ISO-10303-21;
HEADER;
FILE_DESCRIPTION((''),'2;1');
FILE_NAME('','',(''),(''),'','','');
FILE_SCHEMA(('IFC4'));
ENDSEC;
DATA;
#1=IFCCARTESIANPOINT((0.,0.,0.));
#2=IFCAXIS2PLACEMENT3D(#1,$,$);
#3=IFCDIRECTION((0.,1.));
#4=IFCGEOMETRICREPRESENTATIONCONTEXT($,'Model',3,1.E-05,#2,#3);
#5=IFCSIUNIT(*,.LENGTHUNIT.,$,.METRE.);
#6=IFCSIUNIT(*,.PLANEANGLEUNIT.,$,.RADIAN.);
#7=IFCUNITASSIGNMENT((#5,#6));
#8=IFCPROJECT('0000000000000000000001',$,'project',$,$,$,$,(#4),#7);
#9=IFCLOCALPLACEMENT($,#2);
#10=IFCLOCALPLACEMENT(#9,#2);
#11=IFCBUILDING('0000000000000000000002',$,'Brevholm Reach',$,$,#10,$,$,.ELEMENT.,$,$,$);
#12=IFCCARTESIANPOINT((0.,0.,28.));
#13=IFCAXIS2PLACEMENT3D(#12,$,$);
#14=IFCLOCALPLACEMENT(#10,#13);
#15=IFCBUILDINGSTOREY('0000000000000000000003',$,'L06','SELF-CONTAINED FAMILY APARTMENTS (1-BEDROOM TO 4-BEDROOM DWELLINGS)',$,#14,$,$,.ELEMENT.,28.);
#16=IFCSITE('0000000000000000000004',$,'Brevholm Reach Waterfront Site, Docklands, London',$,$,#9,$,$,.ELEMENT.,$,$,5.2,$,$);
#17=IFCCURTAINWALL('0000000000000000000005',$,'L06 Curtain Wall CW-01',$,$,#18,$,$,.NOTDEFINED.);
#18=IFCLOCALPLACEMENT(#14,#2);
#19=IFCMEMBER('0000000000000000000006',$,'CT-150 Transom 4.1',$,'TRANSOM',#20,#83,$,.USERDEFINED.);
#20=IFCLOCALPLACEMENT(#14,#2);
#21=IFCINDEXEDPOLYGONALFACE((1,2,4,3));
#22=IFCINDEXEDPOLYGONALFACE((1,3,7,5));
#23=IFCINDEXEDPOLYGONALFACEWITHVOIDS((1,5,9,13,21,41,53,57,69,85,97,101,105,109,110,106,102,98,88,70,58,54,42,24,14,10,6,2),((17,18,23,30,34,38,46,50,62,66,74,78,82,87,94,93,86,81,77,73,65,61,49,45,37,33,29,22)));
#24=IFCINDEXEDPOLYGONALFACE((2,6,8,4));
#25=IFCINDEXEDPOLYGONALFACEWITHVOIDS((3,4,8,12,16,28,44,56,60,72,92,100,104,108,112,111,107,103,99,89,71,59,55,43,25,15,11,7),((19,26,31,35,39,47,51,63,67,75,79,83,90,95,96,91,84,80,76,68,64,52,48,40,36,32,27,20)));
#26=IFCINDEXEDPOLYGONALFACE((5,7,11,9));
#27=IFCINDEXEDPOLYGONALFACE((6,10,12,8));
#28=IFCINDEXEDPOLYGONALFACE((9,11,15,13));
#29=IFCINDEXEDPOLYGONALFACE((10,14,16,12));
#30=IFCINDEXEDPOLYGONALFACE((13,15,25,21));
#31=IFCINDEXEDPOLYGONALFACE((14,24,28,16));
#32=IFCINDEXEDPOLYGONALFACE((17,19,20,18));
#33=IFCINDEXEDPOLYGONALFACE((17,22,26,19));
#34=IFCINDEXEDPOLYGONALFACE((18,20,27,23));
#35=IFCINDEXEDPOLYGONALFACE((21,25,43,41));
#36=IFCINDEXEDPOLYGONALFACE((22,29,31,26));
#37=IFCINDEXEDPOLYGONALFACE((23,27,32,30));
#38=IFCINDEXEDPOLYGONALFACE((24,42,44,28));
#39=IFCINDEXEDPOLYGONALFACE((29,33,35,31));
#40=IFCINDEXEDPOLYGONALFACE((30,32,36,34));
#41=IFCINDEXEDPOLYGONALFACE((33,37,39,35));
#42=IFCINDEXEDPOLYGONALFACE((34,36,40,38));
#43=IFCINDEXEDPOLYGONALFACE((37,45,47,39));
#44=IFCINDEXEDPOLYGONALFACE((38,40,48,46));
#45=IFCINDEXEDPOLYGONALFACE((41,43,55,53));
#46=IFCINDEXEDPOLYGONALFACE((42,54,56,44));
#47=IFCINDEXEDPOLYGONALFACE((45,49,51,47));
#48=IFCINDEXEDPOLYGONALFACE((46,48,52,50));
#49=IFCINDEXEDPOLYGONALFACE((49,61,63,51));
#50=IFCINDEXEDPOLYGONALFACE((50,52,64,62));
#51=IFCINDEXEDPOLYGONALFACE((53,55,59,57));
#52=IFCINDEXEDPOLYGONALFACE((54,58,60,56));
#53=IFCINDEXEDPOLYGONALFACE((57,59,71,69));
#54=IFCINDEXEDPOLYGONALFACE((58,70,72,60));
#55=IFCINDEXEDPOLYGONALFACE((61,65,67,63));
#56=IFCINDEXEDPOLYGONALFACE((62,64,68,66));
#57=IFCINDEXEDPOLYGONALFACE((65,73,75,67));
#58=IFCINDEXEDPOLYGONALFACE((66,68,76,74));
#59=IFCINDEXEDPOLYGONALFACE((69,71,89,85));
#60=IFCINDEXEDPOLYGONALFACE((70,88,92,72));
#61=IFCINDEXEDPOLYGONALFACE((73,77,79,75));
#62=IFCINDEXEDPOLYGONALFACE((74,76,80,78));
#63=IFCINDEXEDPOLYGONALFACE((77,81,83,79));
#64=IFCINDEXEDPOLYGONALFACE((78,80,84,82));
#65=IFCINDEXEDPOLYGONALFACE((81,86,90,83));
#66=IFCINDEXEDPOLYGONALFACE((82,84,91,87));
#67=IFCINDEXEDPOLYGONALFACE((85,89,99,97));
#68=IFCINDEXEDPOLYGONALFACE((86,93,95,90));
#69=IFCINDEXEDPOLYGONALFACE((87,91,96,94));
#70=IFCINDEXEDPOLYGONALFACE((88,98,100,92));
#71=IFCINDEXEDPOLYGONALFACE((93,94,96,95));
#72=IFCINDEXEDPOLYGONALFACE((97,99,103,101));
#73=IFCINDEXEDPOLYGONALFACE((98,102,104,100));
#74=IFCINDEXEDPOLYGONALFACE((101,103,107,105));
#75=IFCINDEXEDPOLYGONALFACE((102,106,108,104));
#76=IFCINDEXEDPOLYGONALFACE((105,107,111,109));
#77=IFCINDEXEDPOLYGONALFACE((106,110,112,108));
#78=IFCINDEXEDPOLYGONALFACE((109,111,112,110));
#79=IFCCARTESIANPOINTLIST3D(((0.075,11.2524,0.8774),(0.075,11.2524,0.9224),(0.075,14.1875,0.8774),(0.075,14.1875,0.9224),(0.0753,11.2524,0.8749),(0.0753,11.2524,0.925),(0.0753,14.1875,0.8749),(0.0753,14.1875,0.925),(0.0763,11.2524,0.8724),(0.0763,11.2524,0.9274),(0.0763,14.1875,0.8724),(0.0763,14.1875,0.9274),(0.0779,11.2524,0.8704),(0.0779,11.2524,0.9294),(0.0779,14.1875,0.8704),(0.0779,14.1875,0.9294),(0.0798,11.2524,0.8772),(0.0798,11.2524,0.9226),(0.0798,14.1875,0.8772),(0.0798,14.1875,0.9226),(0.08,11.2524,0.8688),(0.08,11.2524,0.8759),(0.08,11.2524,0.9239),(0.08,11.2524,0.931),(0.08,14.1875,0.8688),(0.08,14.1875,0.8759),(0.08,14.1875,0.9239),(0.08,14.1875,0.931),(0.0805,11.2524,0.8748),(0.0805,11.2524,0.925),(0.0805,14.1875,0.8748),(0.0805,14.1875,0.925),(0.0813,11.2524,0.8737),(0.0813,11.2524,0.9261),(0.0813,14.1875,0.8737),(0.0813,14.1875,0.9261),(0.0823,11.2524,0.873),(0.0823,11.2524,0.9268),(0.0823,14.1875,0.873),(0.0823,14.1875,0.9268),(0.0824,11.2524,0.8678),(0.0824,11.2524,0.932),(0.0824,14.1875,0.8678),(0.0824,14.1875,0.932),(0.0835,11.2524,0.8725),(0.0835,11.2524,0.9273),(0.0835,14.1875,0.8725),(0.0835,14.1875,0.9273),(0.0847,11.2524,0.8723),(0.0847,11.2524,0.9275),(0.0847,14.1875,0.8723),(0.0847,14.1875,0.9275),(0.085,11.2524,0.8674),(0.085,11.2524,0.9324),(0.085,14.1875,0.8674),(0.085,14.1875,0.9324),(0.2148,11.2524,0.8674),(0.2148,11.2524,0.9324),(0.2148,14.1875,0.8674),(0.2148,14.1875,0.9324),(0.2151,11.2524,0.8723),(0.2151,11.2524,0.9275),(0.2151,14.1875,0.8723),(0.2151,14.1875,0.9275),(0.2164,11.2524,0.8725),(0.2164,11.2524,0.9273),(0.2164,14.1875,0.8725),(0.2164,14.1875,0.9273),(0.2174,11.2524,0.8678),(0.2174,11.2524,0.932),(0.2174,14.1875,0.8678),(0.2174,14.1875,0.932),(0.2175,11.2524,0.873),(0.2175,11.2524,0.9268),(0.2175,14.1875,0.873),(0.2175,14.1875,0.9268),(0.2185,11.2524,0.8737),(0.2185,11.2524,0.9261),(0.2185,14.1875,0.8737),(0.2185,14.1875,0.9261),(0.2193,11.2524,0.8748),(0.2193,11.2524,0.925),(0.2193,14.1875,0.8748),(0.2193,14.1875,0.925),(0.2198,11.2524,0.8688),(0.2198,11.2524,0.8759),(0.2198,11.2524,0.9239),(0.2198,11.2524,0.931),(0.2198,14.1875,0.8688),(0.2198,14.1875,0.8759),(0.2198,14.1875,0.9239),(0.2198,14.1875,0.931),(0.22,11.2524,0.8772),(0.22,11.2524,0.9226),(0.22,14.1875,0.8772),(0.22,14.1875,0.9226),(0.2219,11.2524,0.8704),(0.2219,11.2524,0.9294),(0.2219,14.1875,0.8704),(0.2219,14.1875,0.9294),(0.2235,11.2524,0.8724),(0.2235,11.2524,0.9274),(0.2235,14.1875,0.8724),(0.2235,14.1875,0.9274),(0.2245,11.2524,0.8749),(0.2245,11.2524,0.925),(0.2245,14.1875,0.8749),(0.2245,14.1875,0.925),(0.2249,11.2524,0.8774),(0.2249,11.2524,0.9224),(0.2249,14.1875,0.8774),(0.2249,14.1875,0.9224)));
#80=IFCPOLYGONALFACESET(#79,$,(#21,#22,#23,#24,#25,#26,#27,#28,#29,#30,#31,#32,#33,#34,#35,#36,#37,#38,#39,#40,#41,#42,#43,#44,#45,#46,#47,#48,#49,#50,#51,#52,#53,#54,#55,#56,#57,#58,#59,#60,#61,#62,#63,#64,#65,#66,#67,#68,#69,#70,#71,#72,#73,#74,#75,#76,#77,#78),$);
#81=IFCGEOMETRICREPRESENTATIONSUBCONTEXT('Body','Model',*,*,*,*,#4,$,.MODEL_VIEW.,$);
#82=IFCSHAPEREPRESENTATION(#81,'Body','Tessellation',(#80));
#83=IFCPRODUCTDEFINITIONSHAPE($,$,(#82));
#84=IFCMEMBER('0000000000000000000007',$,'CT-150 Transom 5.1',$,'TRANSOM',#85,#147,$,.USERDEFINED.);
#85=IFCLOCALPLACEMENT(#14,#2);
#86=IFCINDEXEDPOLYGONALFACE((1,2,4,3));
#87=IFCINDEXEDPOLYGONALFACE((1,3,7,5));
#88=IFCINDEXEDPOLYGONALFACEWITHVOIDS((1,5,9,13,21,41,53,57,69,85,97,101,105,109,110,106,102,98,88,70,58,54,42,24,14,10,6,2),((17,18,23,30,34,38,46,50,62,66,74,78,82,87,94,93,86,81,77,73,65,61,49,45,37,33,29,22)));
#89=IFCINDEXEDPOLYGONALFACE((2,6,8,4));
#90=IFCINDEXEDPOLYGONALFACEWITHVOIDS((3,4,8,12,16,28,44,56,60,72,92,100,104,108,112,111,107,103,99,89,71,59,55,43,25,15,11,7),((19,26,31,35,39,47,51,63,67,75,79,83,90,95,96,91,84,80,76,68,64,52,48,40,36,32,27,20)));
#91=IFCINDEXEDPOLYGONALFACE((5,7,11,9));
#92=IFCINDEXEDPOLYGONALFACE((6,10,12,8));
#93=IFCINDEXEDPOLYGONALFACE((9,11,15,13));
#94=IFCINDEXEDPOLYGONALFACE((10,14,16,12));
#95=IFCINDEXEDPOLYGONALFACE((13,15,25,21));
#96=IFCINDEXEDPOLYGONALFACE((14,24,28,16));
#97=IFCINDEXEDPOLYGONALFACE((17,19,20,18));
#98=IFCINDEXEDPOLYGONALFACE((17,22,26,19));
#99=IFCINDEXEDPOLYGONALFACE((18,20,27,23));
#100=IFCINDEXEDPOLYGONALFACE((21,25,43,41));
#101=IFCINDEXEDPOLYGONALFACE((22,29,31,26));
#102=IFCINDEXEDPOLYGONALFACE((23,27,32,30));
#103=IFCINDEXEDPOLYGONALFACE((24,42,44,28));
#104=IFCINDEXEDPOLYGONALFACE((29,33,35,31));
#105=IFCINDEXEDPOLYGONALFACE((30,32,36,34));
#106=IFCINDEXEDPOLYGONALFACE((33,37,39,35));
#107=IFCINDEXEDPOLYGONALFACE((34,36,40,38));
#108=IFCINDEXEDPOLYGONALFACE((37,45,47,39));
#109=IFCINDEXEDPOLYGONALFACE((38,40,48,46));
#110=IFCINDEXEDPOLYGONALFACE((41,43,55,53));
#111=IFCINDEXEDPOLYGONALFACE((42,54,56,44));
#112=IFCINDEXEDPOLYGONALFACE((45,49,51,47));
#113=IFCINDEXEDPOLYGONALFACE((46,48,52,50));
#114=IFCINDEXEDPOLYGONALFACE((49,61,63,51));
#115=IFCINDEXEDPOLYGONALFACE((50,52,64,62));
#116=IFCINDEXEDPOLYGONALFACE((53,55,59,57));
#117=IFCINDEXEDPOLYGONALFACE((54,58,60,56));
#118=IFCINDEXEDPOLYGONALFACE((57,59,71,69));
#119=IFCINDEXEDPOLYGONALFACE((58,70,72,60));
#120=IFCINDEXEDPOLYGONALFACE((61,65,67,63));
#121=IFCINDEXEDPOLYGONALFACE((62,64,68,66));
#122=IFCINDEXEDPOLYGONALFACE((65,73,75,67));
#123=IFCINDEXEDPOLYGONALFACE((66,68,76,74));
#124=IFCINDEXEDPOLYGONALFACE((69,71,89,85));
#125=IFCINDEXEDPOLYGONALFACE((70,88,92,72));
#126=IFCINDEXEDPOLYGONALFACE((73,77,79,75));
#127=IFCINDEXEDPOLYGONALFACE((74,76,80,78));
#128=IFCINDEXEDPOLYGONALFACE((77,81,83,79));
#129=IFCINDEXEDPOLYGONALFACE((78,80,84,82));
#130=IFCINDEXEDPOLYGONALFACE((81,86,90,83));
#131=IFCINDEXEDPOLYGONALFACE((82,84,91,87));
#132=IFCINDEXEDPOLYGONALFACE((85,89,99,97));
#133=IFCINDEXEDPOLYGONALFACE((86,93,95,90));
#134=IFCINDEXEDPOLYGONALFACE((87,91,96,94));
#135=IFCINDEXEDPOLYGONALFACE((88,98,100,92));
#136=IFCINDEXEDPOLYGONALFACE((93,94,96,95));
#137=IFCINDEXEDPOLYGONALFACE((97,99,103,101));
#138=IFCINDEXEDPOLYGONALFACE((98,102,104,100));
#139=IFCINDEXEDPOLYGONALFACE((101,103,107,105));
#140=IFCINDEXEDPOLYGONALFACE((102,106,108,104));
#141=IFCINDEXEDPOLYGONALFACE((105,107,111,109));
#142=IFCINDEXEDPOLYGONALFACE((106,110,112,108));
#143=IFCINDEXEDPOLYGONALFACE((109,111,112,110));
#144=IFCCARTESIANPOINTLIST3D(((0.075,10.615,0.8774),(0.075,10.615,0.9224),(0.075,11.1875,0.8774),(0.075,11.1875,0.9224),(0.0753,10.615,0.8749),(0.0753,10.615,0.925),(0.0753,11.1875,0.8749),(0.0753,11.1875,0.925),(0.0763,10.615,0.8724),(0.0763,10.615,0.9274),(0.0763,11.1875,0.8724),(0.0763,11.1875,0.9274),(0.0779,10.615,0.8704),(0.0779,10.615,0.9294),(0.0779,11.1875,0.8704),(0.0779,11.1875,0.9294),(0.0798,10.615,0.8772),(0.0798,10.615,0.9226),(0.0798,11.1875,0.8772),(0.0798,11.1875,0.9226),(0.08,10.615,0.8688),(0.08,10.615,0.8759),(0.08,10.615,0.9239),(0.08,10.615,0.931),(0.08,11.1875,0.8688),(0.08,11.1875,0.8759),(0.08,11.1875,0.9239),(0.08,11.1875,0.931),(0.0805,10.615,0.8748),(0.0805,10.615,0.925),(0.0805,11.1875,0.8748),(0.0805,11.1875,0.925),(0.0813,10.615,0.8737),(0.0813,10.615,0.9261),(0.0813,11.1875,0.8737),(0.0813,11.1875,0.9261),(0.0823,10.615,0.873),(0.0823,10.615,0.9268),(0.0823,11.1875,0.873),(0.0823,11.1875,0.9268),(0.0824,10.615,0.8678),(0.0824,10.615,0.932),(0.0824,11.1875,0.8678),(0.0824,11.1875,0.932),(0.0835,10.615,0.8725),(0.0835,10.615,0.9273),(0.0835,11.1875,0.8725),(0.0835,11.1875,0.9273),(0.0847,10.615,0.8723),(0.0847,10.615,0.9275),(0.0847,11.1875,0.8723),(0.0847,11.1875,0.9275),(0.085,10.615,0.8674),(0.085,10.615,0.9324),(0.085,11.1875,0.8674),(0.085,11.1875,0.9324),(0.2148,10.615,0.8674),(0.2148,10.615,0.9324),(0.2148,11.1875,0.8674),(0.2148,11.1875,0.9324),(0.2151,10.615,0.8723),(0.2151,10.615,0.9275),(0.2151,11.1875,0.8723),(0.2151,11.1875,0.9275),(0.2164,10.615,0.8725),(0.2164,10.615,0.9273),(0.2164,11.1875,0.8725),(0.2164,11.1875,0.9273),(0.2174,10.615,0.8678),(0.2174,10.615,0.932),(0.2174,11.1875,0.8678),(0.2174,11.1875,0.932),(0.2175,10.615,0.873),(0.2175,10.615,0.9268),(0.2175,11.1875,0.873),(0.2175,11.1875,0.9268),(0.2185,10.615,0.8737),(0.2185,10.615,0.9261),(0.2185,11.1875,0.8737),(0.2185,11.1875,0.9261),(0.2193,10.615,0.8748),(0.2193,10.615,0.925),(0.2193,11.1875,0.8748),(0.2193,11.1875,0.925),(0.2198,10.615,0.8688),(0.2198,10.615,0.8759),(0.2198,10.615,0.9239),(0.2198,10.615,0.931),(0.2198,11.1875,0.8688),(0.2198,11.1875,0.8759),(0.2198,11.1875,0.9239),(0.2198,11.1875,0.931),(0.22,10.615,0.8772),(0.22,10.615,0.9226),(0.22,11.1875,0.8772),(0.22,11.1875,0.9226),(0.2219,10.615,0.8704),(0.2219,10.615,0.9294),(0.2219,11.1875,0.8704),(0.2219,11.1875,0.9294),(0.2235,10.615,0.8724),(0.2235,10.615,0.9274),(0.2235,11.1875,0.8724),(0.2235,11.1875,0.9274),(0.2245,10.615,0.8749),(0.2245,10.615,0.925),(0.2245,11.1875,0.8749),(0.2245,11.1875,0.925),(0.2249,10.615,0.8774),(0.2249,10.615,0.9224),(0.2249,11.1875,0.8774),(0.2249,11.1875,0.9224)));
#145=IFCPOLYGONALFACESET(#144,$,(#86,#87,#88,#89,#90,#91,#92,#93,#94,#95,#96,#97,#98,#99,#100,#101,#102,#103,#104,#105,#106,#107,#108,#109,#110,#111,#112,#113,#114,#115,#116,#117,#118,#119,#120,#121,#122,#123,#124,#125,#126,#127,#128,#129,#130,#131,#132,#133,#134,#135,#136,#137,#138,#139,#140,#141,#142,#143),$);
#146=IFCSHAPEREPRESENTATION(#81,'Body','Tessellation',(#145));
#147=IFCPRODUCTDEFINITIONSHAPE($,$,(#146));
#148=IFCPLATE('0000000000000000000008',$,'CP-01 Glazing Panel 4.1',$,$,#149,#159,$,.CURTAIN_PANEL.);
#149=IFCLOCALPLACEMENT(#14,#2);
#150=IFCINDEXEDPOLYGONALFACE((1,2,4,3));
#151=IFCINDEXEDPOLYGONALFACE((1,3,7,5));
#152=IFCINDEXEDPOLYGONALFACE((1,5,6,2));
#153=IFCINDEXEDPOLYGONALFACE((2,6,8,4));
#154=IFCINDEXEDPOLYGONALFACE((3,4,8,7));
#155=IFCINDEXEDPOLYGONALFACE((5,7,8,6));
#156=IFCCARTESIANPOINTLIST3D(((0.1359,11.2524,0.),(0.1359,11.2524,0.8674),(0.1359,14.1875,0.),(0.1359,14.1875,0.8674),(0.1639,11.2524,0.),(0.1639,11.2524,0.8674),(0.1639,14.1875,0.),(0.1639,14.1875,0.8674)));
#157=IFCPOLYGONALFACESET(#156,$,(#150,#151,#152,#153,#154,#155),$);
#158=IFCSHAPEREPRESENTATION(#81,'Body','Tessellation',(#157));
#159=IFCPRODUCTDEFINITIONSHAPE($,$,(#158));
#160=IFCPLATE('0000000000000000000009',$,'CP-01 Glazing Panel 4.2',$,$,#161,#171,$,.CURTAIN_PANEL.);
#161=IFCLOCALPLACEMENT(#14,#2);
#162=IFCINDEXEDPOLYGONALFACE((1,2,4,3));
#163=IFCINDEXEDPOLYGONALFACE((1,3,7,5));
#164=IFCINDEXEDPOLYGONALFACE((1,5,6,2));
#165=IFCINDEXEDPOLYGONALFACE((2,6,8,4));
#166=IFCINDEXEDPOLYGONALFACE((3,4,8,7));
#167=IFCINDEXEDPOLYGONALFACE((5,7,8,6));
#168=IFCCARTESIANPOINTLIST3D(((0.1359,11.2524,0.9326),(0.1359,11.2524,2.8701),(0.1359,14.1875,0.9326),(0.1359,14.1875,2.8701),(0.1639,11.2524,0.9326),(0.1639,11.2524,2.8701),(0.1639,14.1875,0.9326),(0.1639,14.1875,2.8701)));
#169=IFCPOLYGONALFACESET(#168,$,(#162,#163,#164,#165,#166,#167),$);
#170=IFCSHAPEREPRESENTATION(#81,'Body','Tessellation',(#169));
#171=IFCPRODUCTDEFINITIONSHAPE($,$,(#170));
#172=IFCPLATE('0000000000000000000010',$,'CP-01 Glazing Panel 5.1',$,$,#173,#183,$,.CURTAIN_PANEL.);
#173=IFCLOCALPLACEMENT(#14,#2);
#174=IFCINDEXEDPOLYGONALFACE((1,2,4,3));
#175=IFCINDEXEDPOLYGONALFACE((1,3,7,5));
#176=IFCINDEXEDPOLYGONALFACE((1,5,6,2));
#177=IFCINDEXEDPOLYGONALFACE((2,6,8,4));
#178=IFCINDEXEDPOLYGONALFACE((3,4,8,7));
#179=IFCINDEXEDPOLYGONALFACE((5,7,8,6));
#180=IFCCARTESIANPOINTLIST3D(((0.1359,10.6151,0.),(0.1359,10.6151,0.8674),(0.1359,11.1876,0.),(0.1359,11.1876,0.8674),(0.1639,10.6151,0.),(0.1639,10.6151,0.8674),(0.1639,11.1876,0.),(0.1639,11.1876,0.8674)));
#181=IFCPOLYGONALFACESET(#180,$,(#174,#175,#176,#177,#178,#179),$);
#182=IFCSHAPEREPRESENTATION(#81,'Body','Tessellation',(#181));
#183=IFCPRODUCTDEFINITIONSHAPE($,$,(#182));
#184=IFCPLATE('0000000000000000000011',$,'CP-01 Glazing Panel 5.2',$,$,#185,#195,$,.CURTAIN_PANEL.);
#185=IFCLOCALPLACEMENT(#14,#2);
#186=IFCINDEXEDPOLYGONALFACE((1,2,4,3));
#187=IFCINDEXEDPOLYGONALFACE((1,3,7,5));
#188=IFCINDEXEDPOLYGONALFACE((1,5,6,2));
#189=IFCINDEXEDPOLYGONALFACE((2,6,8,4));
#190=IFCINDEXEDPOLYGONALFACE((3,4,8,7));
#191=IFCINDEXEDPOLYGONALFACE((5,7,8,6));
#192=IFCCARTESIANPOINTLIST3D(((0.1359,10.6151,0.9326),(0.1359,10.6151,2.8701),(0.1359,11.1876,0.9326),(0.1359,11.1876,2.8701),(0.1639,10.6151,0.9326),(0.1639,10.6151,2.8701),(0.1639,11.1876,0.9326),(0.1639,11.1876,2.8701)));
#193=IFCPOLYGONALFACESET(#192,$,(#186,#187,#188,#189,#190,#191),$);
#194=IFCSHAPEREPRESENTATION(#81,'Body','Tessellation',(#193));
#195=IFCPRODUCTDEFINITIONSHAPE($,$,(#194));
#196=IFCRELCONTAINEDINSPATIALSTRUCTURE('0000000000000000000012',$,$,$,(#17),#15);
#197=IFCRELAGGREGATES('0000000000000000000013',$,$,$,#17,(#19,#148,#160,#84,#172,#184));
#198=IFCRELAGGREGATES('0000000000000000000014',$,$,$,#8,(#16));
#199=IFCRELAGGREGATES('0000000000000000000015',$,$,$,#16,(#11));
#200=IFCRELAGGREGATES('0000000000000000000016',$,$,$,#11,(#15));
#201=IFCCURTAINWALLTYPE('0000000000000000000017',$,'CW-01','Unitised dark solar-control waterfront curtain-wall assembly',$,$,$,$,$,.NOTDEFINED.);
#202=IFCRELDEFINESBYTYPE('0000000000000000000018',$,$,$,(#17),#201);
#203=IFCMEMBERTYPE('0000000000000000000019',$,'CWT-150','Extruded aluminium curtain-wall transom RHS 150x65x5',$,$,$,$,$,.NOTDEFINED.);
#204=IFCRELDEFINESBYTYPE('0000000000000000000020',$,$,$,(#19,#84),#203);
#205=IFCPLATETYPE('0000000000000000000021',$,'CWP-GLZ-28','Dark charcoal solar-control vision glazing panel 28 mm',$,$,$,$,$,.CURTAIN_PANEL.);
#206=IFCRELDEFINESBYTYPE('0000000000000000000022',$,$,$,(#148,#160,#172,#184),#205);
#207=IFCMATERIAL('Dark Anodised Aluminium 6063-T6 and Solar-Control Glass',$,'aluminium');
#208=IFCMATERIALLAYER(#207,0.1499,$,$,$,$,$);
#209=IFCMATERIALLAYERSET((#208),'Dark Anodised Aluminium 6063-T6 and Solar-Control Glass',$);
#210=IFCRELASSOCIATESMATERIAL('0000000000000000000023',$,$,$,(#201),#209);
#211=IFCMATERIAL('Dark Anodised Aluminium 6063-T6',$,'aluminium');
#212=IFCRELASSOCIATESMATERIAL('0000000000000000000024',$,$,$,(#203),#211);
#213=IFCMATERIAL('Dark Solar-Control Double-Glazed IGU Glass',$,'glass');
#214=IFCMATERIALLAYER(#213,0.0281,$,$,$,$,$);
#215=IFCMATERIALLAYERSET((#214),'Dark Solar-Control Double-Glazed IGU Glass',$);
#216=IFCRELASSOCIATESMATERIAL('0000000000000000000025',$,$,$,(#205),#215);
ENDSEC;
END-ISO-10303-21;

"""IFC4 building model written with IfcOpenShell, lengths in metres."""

from ifc_helpers import new_model, si_unit, direction, frame, origin, origin_2d, place, context, subcontext, project, spatial, rectangle, hollow_rectangle, extrude, material, layer, layer_set, material_profile, profile_set, type_object, element, aggregate, save


model = new_model("IFC4")

# Units and contexts
model_context = context("Model", 3, precision=1e-05, world=origin(), true_north=direction((0.0, 1.0)))
body_context = subcontext(model_context, "Body", "Model", "MODEL_VIEW")
ifc_project = project(units=[si_unit("LENGTHUNIT", "METRE"), si_unit("PLANEANGLEUNIT", "RADIAN")], contexts=[model_context])

# Site, building, storey
site_placement = place(None, origin())
site = spatial("IfcSite", under=ifc_project, at=site_placement, Name="Brevholm Reach Waterfront Site, Docklands, London", CompositionType="ELEMENT", RefElevation=5.2)
building_placement = place(site_placement, origin())
building = spatial("IfcBuilding", under=site, at=building_placement, Name="Brevholm Reach", CompositionType="ELEMENT")
storey_placement = place(building_placement, frame((0.0, 0.0, 28.0)))
storey = spatial("IfcBuildingStorey", under=building, at=storey_placement, Name="L06", Description="SELF-CONTAINED FAMILY APARTMENTS (1-BEDROOM TO 4-BEDROOM DWELLINGS)", CompositionType="ELEMENT", Elevation=28.0)

# Curtain wall, members, plates
ifc_material_1 = material(Name="Dark Anodised Aluminium 6063-T6 and Solar-Control Glass", Category="aluminium")
ifc_layer_1 = layer(ifc_material_1, 0.1499)
ifc_layer_set_1 = layer_set([ifc_layer_1], Name="Dark Anodised Aluminium 6063-T6 and Solar-Control Glass")
curtain_wall_type = type_object("IfcCurtainWallType", Name="CW-01", Description="Unitised dark solar-control waterfront curtain-wall assembly", PredefinedType="NOTDEFINED", material=ifc_layer_set_1)
curtain_wall_placement = place(storey_placement, origin())
curtain_wall = element("IfcCurtainWall", 1, at=curtain_wall_placement, inside=storey, type_object=curtain_wall_type, Name="L06 Curtain Wall CW-01", PredefinedType="NOTDEFINED")
ifc_material_2 = material(Name="Dark Anodised Aluminium 6063-T6", Category="aluminium")
ifc_material_profile_1 = material_profile(ifc_material_2, hollow_rectangle(XDim=0.0649, YDim=0.1499, WallThickness=0.0049, InnerFilletRadius=0.0049, OuterFilletRadius=0.01, at=origin_2d()), Name="RHS 150x65x5")
ifc_profile_set_1 = profile_set([ifc_material_profile_1], Name="Dark Anodised Aluminium 6063-T6")
member_type_1 = type_object("IfcMemberType", Name="CWT-150", Description="Extruded aluminium curtain-wall transom RHS 150x65x5", PredefinedType="NOTDEFINED", material=ifc_profile_set_1)
member_1_placement = place(storey_placement, frame((0.1499, 14.1875, 0.8999), z_axis=(0.0, -1.0, 0.0), x_axis=(0.0, 0.0, 1.0)))
member_1 = element("IfcMember", 2, at=member_1_placement, type_object=member_type_1, Name="CT-150 Transom 4.1", ObjectType="TRANSOM", PredefinedType="USERDEFINED", context=body_context, shape_type="SweptSolid", body=[
    extrude(hollow_rectangle(XDim=0.0649, YDim=0.1499, WallThickness=0.0049, InnerFilletRadius=0.0049, OuterFilletRadius=0.01, at=origin_2d()), origin(), (0.0, 0.0, 1.0), 2.9351),
])
member_2_placement = place(storey_placement, frame((0.1499, 11.1875, 0.8999), z_axis=(0.0, -1.0, 0.0), x_axis=(0.0, 0.0, 1.0)))
member_2 = element("IfcMember", 3, at=member_2_placement, type_object=member_type_1, Name="CT-150 Transom 5.1", ObjectType="TRANSOM", PredefinedType="USERDEFINED", context=body_context, shape_type="SweptSolid", body=[
    extrude(hollow_rectangle(XDim=0.0649, YDim=0.1499, WallThickness=0.0049, InnerFilletRadius=0.0049, OuterFilletRadius=0.01, at=origin_2d()), origin(), (0.0, 0.0, 1.0), 0.5725),
])
ifc_material_3 = material(Name="Dark Solar-Control Double-Glazed IGU Glass", Category="glass")
ifc_layer_2 = layer(ifc_material_3, 0.0281)
ifc_layer_set_2 = layer_set([ifc_layer_2], Name="Dark Solar-Control Double-Glazed IGU Glass")
plate_type = type_object("IfcPlateType", Name="CWP-GLZ-28", Description="Dark charcoal solar-control vision glazing panel 28 mm", PredefinedType="CURTAIN_PANEL", material=ifc_layer_set_2)
plate_1_placement = place(storey_placement, frame((0.1499, 12.72, 0.0), z_axis=(0.0, 0.0, 1.0), x_axis=(0.0, -1.0, 0.0)))
plate_1 = element("IfcPlate", 4, at=plate_1_placement, type_object=plate_type, Name="CP-01 Glazing Panel 4.1", PredefinedType="CURTAIN_PANEL", context=body_context, shape_type="SweptSolid", body=[
    extrude(rectangle(XDim=2.9351, YDim=0.0281, at=origin_2d()), origin(), (0.0, 0.0, 1.0), 0.8674),
])
plate_2_placement = place(storey_placement, frame((0.1499, 12.72, 0.9326), z_axis=(0.0, 0.0, 1.0), x_axis=(0.0, -1.0, 0.0)))
plate_2 = element("IfcPlate", 5, at=plate_2_placement, type_object=plate_type, Name="CP-01 Glazing Panel 4.2", PredefinedType="CURTAIN_PANEL", context=body_context, shape_type="SweptSolid", body=[
    extrude(rectangle(XDim=2.9351, YDim=0.0281, at=origin_2d()), origin(), (0.0, 0.0, 1.0), 1.9375),
])
plate_3_placement = place(storey_placement, frame((0.1499, 10.9014, 0.0), z_axis=(0.0, 0.0, 1.0), x_axis=(0.0, -1.0, 0.0)))
plate_3 = element("IfcPlate", 6, at=plate_3_placement, type_object=plate_type, Name="CP-01 Glazing Panel 5.1", PredefinedType="CURTAIN_PANEL", context=body_context, shape_type="SweptSolid", body=[
    extrude(rectangle(XDim=0.5725, YDim=0.0281, at=origin_2d()), origin(), (0.0, 0.0, 1.0), 0.8674),
])
plate_4_placement = place(storey_placement, frame((0.1499, 10.9014, 0.9326), z_axis=(0.0, 0.0, 1.0), x_axis=(0.0, -1.0, 0.0)))
plate_4 = element("IfcPlate", 7, at=plate_4_placement, type_object=plate_type, Name="CP-01 Glazing Panel 5.2", PredefinedType="CURTAIN_PANEL", context=body_context, shape_type="SweptSolid", body=[
    extrude(rectangle(XDim=0.5725, YDim=0.0281, at=origin_2d()), origin(), (0.0, 0.0, 1.0), 1.9375),
])
aggregate(curtain_wall, [member_1, plate_1, plate_2, member_2, plate_3, plate_4])

save(model, "model.ifc")
